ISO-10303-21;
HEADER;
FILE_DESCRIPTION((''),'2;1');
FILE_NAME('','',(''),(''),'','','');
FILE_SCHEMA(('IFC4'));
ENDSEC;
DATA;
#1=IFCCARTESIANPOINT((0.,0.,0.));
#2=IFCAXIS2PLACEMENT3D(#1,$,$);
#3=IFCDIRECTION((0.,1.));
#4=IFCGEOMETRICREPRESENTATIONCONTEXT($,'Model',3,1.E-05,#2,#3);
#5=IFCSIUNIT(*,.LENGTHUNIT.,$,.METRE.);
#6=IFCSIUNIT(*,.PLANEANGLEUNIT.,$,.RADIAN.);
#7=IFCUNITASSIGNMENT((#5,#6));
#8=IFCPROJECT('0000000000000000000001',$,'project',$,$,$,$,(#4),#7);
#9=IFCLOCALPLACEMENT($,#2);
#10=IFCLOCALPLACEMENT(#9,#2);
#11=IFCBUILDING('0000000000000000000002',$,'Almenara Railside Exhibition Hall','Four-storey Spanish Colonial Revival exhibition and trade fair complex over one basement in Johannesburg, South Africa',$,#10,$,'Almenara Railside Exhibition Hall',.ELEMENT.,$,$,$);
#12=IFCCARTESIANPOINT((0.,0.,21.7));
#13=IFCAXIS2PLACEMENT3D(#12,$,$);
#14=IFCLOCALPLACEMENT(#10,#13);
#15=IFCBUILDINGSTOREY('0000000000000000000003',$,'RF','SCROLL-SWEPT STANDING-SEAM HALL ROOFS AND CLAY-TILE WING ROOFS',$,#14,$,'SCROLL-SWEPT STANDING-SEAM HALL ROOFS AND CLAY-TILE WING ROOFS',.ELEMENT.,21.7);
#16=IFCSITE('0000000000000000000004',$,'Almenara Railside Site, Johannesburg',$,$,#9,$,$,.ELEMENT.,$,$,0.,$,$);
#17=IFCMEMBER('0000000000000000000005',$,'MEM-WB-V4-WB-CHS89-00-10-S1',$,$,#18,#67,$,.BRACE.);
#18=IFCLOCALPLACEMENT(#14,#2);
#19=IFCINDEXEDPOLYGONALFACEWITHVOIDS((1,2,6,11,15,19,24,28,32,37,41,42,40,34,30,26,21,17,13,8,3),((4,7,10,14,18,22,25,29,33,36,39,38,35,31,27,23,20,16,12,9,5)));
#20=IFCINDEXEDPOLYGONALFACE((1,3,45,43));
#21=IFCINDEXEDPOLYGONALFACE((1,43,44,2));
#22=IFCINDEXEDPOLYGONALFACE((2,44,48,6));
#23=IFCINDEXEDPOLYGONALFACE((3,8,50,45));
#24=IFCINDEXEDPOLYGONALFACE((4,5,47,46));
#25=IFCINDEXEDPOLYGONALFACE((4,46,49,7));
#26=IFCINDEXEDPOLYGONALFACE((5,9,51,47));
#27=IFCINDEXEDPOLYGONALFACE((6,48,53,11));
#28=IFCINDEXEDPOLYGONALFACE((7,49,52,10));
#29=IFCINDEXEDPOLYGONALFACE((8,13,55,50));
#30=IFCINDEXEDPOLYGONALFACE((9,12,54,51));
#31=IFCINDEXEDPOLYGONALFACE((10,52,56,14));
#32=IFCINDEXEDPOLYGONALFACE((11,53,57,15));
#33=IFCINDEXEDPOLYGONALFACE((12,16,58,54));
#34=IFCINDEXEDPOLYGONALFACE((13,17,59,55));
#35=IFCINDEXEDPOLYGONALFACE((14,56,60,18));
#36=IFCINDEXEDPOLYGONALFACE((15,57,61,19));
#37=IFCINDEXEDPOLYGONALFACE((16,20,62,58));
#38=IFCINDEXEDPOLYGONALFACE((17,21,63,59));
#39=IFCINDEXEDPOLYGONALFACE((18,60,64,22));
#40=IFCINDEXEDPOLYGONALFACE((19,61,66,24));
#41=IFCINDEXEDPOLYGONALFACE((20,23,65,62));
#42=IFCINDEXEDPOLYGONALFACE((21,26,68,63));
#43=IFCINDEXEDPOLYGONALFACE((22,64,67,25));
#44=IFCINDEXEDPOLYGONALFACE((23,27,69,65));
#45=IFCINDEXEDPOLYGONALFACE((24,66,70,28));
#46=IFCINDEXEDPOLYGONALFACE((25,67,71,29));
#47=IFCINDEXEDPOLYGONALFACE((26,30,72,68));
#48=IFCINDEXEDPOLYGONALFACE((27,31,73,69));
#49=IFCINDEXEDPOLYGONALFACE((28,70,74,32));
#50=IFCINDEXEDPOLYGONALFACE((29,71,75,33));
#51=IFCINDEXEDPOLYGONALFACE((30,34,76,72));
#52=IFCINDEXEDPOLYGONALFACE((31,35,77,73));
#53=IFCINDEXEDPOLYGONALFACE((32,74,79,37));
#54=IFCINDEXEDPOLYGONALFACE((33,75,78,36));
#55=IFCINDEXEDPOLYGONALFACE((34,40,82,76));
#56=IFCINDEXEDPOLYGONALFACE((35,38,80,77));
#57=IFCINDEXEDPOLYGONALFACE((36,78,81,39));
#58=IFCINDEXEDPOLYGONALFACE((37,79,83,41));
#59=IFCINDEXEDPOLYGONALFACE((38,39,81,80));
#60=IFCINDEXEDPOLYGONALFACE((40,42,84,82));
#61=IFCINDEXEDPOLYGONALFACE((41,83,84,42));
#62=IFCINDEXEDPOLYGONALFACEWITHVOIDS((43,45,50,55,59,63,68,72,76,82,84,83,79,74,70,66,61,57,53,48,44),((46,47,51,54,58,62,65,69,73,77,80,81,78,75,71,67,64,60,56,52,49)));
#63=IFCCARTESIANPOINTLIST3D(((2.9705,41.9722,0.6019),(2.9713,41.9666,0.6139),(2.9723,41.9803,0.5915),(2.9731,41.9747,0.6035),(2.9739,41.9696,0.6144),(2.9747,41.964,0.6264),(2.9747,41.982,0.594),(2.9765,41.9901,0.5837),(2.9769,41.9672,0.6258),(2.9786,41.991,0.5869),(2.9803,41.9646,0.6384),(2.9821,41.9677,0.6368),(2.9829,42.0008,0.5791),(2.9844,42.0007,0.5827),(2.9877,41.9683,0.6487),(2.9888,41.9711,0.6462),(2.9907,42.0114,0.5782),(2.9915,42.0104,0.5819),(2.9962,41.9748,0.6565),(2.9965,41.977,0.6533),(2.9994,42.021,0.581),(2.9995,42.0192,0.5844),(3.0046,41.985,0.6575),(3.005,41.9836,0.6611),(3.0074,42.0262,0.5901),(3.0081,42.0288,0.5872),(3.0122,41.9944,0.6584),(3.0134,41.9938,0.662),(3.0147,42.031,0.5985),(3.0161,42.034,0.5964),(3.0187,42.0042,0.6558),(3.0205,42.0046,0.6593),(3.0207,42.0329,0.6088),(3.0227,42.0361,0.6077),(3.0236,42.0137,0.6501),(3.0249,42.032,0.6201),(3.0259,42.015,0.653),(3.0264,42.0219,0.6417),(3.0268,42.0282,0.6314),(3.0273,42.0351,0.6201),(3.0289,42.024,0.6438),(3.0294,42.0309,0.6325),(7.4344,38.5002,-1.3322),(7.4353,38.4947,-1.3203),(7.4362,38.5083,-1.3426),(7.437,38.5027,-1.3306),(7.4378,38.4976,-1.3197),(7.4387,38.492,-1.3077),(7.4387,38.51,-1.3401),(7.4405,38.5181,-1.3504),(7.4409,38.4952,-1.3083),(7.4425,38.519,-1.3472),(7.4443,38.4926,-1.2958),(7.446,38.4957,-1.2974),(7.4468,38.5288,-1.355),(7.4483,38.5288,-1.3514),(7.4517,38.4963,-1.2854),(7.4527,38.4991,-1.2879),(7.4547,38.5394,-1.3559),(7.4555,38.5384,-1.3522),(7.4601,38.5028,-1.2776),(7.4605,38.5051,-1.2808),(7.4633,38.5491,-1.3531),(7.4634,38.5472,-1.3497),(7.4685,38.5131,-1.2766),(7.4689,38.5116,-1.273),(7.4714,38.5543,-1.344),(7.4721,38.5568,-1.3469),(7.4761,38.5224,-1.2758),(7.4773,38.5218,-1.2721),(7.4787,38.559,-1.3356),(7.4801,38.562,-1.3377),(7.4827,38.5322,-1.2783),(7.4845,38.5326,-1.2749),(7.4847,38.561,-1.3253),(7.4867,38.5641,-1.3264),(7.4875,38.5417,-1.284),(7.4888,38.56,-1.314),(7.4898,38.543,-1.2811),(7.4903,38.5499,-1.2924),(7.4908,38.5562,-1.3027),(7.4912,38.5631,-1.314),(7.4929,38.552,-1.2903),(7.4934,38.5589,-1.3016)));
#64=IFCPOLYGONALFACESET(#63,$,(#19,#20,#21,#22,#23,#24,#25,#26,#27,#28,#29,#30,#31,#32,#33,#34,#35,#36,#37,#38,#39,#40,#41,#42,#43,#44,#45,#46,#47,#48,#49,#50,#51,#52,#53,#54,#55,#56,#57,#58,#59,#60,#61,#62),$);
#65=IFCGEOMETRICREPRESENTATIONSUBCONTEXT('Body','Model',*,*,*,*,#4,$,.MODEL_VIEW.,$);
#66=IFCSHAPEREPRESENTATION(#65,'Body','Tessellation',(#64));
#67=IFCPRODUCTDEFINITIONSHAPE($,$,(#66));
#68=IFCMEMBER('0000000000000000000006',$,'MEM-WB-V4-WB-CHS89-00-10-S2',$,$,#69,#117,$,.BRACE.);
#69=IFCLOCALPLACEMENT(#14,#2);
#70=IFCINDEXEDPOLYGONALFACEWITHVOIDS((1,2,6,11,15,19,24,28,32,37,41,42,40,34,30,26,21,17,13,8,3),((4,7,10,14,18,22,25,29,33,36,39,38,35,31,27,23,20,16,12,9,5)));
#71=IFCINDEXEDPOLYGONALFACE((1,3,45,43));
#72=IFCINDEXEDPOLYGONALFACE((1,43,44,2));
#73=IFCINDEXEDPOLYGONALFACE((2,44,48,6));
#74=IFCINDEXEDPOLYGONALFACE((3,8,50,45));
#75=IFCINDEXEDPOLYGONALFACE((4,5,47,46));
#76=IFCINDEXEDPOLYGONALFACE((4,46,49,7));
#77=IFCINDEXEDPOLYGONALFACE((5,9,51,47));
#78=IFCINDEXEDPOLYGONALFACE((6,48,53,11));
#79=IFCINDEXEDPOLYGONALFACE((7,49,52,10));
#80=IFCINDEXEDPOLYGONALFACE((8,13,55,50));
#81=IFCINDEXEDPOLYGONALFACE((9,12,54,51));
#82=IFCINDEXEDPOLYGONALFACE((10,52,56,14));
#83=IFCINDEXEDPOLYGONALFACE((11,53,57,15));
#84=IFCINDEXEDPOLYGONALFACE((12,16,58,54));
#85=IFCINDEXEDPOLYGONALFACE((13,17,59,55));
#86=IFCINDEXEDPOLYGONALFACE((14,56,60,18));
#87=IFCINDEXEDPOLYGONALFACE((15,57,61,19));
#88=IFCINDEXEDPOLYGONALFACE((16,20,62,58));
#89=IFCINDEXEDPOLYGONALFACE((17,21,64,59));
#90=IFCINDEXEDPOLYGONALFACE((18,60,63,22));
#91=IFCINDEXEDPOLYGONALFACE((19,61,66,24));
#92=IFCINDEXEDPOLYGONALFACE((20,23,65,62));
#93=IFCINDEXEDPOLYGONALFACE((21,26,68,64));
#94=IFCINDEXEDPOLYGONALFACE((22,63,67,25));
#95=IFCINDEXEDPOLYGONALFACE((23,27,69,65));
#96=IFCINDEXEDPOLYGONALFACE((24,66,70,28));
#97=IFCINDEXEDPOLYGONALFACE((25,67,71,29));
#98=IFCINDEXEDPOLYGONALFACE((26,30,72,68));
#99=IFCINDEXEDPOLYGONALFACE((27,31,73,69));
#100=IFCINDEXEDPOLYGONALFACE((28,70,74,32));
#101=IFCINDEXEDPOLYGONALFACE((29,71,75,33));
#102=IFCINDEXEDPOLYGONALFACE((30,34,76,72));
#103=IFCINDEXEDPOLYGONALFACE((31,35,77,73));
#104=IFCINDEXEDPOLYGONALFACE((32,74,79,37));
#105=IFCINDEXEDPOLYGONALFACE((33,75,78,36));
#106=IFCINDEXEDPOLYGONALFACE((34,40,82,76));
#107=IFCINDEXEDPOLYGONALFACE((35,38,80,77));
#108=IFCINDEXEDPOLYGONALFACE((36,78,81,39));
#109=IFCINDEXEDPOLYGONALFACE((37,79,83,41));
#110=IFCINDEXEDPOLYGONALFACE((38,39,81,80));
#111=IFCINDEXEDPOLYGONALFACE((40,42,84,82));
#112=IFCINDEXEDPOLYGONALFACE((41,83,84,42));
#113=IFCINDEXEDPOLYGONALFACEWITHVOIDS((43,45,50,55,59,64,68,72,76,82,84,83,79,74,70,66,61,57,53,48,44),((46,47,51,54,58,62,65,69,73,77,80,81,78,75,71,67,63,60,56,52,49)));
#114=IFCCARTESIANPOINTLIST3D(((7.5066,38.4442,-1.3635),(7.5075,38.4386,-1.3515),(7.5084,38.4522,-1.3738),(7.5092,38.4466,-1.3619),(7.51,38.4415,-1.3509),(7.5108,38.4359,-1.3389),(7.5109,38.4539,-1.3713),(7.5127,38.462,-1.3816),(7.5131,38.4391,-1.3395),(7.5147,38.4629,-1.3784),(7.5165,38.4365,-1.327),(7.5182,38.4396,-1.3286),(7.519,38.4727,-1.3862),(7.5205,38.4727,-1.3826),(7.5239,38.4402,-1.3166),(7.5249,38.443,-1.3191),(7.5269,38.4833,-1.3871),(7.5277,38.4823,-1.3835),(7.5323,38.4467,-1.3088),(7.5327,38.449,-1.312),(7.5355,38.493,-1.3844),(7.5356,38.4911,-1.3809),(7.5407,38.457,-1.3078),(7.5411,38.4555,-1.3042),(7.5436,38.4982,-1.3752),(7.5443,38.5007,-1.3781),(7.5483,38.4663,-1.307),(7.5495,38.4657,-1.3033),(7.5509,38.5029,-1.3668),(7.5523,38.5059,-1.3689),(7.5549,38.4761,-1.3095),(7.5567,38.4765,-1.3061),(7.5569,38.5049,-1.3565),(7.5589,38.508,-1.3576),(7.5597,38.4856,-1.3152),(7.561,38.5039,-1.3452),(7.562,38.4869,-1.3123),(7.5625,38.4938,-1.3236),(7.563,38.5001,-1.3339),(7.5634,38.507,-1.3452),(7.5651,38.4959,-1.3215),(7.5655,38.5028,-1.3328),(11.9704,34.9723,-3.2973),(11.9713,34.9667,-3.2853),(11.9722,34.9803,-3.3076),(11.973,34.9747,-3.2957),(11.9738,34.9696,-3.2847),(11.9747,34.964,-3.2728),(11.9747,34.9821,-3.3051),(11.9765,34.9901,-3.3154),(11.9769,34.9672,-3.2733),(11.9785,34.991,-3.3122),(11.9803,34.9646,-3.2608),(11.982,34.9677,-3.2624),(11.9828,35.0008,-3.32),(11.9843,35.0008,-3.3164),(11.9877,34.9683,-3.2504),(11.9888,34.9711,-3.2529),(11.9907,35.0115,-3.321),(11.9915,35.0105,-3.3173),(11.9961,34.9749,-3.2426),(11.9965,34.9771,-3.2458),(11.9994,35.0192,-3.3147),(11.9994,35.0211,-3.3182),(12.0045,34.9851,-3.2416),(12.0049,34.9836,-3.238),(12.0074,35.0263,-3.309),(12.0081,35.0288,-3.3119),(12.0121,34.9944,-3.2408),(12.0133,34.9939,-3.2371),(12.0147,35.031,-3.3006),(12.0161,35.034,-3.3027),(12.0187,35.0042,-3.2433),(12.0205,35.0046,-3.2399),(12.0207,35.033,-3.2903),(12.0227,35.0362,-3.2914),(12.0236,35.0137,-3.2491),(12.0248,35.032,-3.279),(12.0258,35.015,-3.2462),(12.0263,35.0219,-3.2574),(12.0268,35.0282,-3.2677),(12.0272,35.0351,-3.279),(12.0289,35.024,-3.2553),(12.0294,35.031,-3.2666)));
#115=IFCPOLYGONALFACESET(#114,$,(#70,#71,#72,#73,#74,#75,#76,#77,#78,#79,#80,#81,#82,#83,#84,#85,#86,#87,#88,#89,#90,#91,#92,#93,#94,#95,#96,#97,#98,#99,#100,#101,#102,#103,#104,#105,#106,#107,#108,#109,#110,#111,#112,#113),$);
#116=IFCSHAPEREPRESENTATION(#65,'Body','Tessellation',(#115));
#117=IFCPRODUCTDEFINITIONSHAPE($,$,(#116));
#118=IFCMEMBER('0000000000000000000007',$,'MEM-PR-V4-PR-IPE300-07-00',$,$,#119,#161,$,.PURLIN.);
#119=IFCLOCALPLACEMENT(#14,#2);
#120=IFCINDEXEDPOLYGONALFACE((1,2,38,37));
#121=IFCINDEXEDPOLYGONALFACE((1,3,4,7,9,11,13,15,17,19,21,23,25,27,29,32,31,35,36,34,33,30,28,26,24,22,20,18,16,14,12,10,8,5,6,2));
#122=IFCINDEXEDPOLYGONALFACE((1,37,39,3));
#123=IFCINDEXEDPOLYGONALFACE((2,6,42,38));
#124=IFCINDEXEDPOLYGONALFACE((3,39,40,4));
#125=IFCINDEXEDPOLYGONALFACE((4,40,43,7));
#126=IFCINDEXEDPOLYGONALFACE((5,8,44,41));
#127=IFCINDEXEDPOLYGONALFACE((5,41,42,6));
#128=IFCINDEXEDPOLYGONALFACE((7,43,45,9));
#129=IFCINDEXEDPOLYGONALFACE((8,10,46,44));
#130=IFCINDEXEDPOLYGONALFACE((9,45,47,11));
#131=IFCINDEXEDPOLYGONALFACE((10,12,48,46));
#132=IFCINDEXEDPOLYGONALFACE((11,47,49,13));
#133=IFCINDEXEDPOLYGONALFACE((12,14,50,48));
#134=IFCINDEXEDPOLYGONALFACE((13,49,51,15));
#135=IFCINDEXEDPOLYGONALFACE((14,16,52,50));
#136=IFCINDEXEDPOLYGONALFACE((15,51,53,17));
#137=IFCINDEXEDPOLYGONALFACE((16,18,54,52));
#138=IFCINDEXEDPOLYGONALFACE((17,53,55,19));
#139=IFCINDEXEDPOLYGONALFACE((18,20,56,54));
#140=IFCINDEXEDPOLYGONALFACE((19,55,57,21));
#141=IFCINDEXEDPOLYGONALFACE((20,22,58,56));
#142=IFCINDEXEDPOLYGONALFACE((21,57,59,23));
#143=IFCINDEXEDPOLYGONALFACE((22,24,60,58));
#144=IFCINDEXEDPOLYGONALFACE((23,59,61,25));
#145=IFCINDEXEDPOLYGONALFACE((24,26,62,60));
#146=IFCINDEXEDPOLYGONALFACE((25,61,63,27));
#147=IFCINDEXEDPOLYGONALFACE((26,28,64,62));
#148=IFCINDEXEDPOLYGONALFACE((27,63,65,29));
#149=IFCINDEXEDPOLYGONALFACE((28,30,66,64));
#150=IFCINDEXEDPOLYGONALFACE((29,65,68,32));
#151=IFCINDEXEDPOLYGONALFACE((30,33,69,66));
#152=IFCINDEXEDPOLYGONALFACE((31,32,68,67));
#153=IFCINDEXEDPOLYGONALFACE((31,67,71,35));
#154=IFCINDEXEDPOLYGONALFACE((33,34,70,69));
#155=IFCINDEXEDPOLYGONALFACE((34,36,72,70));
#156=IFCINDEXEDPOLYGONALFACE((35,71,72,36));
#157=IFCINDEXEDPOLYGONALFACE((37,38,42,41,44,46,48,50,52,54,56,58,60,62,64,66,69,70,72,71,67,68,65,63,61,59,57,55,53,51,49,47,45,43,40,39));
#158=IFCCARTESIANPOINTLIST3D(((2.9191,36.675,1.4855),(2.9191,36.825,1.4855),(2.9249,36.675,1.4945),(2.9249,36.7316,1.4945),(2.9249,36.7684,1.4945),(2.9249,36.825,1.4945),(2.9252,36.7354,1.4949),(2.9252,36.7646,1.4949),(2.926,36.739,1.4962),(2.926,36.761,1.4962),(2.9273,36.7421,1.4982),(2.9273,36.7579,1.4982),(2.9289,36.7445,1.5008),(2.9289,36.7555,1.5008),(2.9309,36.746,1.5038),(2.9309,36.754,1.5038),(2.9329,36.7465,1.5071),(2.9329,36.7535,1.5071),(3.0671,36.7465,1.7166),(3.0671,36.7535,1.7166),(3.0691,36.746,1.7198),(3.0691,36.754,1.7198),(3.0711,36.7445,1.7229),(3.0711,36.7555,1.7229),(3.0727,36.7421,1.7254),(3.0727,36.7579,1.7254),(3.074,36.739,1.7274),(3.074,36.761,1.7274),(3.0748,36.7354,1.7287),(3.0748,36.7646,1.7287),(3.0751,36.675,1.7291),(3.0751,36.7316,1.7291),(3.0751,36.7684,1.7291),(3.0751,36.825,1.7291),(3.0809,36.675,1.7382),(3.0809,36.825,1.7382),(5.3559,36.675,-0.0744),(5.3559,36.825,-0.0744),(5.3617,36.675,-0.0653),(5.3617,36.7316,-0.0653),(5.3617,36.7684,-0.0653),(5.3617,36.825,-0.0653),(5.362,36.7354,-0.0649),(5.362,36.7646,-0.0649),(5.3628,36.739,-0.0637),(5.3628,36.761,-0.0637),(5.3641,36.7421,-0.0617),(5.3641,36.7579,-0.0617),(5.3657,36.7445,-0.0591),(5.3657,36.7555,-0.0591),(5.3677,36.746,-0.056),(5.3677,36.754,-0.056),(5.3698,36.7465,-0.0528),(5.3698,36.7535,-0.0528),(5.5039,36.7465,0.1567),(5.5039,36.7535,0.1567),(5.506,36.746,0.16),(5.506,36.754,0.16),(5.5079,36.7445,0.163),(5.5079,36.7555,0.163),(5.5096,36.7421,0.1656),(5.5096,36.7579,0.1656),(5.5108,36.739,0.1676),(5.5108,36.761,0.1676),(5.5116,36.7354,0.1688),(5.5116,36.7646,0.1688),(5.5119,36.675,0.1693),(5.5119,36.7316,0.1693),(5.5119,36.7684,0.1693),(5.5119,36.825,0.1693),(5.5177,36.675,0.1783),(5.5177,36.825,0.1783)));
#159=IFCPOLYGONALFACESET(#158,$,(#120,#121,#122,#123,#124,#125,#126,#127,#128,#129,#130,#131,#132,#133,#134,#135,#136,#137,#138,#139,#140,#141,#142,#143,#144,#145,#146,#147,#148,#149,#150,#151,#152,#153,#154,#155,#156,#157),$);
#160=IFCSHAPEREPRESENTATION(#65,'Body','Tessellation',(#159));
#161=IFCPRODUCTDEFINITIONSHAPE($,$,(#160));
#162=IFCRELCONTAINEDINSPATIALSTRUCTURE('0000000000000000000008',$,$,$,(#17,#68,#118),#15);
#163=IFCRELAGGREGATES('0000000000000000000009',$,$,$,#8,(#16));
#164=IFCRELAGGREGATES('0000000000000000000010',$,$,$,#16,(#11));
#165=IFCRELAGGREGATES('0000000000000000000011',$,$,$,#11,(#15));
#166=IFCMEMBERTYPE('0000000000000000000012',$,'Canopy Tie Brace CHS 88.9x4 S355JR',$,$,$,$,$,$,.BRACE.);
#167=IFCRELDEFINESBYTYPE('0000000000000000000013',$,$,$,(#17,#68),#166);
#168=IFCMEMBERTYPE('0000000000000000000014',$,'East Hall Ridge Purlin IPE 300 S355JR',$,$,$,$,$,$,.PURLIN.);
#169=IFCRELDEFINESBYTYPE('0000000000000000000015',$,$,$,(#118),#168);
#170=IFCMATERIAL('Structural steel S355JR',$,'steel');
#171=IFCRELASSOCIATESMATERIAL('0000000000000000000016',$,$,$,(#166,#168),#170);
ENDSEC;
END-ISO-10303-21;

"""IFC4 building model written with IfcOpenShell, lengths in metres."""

from ifc_helpers import new_model, si_unit, direction, frame, origin, origin_2d, place, context, subcontext, project, spatial, hollow_circle, i_section, extrude, material, material_profile, profile_set, type_object, element, save


model = new_model("IFC4")

# Units and contexts
model_context = context("Model", 3, precision=1e-05, world=origin(), true_north=direction((0.0, 1.0)))
body_context = subcontext(model_context, "Body", "Model", "MODEL_VIEW")
ifc_project = project(units=[si_unit("LENGTHUNIT", "METRE"), si_unit("PLANEANGLEUNIT", "RADIAN")], contexts=[model_context])

# Site, building, storey
site_placement = place(None, origin())
site = spatial("IfcSite", under=ifc_project, at=site_placement, Name="Almenara Railside Site, Johannesburg", CompositionType="ELEMENT", RefElevation=0.0)
building_placement = place(site_placement, origin())
building = spatial("IfcBuilding", under=site, at=building_placement, Name="Almenara Railside Exhibition Hall", Description="Four-storey Spanish Colonial Revival exhibition and trade fair complex over one basement in Johannesburg, South Africa", LongName="Almenara Railside Exhibition Hall", CompositionType="ELEMENT")
storey_placement = place(building_placement, frame((0.0, 0.0, 21.7)))
storey = spatial("IfcBuildingStorey", under=building, at=storey_placement, Name="RF", Description="SCROLL-SWEPT STANDING-SEAM HALL ROOFS AND CLAY-TILE WING ROOFS", LongName="SCROLL-SWEPT STANDING-SEAM HALL ROOFS AND CLAY-TILE WING ROOFS", CompositionType="ELEMENT", Elevation=21.7)

# Shared definitions
ifc_material_1 = material(Name="Structural steel S355JR", Category="steel")

# Members
ifc_material_profile_1 = material_profile(ifc_material_1, hollow_circle(Radius=0.0444, WallThickness=0.0039, at=origin_2d()), Name="CHS 88.9x4")
ifc_profile_set_1 = profile_set([ifc_material_profile_1], Name="Structural steel S355JR")
member_type_1 = type_object("IfcMemberType", Name="Canopy Tie Brace CHS 88.9x4 S355JR", PredefinedType="BRACE", material=ifc_profile_set_1)
member_1_placement = place(storey_placement, frame((3.0, 42.0, 0.6201), z_axis=(0.746877, -0.580909, -0.323603), x_axis=(0.613944, 0.78935, 0.0)))
element("IfcMember", 1, at=member_1_placement, inside=storey, type_object=member_type_1, Name="MEM-WB-V4-WB-CHS89-00-10-S1", PredefinedType="BRACE", context=body_context, shape_type="SweptSolid", body=[
    extrude(hollow_circle(Radius=0.0444, WallThickness=0.0039, at=origin_2d()), origin(), (0.0, 0.0, 1.0), 5.9768),
])
member_2_placement = place(storey_placement, frame((7.5361, 38.4719, -1.3452), z_axis=(0.746887, -0.580917, -0.323567), x_axis=(0.613944, 0.78935, 0.0)))
element("IfcMember", 2, at=member_2_placement, inside=storey, type_object=member_type_1, Name="MEM-WB-V4-WB-CHS89-00-10-S2", PredefinedType="BRACE", context=body_context, shape_type="SweptSolid", body=[
    extrude(hollow_circle(Radius=0.0444, WallThickness=0.0039, at=origin_2d()), origin(), (0.0, 0.0, 1.0), 5.9766),
])
ifc_material_profile_2 = material_profile(ifc_material_1, i_section(OverallWidth=0.1499, OverallDepth=0.3, WebThickness=0.0071, FlangeThickness=0.0107, FilletRadius=0.0149, at=origin_2d()), Name="IPE 300")
ifc_profile_set_2 = profile_set([ifc_material_profile_2], Name="Structural steel S355JR")
member_type_2 = type_object("IfcMemberType", Name="East Hall Ridge Purlin IPE 300 S355JR", PredefinedType="PURLIN", material=ifc_profile_set_2)
member_3_placement = place(storey_placement, frame((3.0, 36.75, 1.6118), z_axis=(0.842227, 0.0, -0.539123), x_axis=(0.0, 1.0, 0.0)))
element("IfcMember", 3, at=member_3_placement, inside=storey, type_object=member_type_2, Name="MEM-PR-V4-PR-IPE300-07-00", PredefinedType="PURLIN", context=body_context, shape_type="SweptSolid", body=[
    extrude(i_section(OverallWidth=0.1499, OverallDepth=0.3, WebThickness=0.0071, FlangeThickness=0.0107, FilletRadius=0.0149, at=origin_2d()), origin(), (0.0, 0.0, 1.0), 2.8933),
])

save(model, "model.ifc")
